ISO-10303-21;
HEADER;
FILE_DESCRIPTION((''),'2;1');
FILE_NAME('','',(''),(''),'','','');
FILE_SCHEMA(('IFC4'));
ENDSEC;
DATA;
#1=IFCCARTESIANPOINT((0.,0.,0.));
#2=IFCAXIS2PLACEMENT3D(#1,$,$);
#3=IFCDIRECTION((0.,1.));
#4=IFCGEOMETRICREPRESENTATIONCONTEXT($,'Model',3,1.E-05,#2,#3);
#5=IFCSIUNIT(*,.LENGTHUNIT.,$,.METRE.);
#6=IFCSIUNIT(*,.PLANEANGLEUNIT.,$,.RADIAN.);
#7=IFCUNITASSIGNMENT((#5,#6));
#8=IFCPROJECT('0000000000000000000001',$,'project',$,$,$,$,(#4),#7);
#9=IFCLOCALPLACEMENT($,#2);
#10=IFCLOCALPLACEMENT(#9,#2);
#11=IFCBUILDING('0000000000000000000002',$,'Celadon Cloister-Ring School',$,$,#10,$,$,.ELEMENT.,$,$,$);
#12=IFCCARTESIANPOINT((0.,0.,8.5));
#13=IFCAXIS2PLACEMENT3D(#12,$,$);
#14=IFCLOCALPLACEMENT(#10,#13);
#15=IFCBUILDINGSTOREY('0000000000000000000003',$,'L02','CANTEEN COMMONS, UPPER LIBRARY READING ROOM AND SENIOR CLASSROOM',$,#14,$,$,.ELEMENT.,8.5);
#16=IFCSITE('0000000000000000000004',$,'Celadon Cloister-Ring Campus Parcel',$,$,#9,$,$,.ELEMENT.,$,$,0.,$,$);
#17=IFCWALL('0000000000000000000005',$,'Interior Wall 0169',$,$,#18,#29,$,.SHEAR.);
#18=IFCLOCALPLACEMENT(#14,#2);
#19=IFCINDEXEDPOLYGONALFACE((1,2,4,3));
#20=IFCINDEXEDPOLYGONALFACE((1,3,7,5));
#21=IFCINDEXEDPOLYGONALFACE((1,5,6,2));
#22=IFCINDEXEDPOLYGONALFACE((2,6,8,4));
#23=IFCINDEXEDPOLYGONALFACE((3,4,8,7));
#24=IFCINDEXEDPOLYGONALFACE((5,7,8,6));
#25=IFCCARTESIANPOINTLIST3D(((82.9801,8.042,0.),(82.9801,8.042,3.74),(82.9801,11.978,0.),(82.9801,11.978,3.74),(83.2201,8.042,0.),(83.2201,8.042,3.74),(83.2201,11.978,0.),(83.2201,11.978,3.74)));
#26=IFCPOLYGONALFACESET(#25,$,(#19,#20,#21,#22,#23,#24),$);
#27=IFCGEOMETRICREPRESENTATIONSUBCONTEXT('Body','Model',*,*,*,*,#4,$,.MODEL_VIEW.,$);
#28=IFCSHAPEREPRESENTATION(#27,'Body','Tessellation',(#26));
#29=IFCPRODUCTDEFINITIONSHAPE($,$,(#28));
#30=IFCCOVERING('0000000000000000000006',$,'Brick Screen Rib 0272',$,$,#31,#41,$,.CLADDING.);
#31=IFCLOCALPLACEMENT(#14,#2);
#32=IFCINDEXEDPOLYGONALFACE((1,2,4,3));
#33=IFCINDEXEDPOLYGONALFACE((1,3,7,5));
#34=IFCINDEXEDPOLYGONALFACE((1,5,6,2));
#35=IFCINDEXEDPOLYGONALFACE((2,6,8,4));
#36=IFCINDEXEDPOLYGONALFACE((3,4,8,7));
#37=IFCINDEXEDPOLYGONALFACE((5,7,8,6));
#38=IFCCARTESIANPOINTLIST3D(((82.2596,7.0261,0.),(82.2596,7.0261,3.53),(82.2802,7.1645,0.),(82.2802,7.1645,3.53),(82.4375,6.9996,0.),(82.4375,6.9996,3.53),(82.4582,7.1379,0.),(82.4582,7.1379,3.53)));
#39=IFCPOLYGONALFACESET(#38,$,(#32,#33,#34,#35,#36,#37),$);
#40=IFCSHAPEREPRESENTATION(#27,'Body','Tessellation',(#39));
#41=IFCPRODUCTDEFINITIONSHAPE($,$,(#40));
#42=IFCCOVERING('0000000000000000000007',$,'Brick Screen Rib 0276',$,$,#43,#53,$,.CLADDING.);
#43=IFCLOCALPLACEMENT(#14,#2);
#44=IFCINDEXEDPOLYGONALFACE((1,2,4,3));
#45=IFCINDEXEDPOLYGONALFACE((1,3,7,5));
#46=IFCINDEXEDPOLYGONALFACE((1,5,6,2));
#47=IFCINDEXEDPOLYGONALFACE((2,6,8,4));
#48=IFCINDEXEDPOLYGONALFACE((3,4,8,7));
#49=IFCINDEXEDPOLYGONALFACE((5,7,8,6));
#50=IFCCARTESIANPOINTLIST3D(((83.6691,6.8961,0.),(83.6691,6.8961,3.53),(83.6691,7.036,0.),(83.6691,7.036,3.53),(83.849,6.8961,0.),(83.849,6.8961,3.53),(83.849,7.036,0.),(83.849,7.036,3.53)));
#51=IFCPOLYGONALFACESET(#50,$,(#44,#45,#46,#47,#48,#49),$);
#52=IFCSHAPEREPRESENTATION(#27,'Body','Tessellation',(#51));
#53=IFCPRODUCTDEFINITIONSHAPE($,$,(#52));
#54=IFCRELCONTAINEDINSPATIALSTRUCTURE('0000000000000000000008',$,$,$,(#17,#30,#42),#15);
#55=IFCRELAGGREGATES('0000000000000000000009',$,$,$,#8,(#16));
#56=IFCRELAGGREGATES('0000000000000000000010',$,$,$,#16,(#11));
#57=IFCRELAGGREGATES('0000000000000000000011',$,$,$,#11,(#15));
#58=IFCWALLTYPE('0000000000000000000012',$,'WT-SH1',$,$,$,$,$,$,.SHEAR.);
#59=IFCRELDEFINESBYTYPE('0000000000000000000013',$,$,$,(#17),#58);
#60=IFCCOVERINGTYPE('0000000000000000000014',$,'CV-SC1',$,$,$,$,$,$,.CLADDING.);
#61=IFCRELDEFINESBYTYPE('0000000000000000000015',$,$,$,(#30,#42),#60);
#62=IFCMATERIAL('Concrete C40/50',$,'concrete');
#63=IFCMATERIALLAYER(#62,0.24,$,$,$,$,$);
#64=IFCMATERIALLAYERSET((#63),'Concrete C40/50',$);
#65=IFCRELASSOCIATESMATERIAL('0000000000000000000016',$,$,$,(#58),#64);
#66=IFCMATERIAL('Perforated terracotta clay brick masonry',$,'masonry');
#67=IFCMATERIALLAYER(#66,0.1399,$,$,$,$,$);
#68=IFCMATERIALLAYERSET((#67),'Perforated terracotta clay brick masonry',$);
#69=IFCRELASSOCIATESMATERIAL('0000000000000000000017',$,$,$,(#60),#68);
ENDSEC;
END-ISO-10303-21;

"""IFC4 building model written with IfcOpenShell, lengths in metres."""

from ifc_helpers import new_model, si_unit, direction, frame, frame_2d, origin, origin_2d, place, context, subcontext, project, spatial, rectangle, extrude, material, layer, layer_set, type_object, element, save


model = new_model("IFC4")

# Units and contexts
model_context = context("Model", 3, precision=1e-05, world=origin(), true_north=direction((0.0, 1.0)))
body_context = subcontext(model_context, "Body", "Model", "MODEL_VIEW")
ifc_project = project(units=[si_unit("LENGTHUNIT", "METRE"), si_unit("PLANEANGLEUNIT", "RADIAN")], contexts=[model_context])

# Site, building, storey
site_placement = place(None, origin())
site = spatial("IfcSite", under=ifc_project, at=site_placement, Name="Celadon Cloister-Ring Campus Parcel", CompositionType="ELEMENT", RefElevation=0.0)
building_placement = place(site_placement, origin())
building = spatial("IfcBuilding", under=site, at=building_placement, Name="Celadon Cloister-Ring School", CompositionType="ELEMENT")
storey_placement = place(building_placement, frame((0.0, 0.0, 8.5)))
storey = spatial("IfcBuildingStorey", under=building, at=storey_placement, Name="L02", Description="CANTEEN COMMONS, UPPER LIBRARY READING ROOM AND SENIOR CLASSROOM", CompositionType="ELEMENT", Elevation=8.5)

# Wall
ifc_material_1 = material(Name="Concrete C40/50", Category="concrete")
ifc_layer_1 = layer(ifc_material_1, 0.24)
ifc_layer_set_1 = layer_set([ifc_layer_1], Name="Concrete C40/50")
wall_type_1 = type_object("IfcWallType", Name="WT-SH1", PredefinedType="SHEAR", material=ifc_layer_set_1)
wall_1_placement = place(storey_placement, frame((83.1001, 8.042, 0.0), z_axis=(0.0, 0.0, 1.0), x_axis=(0.0, 1.0, 0.0)))
element("IfcWall", 1, at=wall_1_placement, inside=storey, type_object=wall_type_1, Name="Interior Wall 0169", PredefinedType="SHEAR", context=body_context, shape_type="SweptSolid", body=[
    extrude(rectangle(XDim=3.936, YDim=0.24, at=frame_2d((1.968, 0.0))), origin(), (0.0, 0.0, 1.0), 3.74),
])

# Coverings
ifc_material_2 = material(Name="Perforated terracotta clay brick masonry", Category="masonry")
ifc_layer_2 = layer(ifc_material_2, 0.1399)
ifc_layer_set_2 = layer_set([ifc_layer_2], Name="Perforated terracotta clay brick masonry")
covering_type = type_object("IfcCoveringType", Name="CV-SC1", PredefinedType="CLADDING", material=ifc_layer_set_2)
for number, where, z_axis, x_axis, name in (
    (2, (82.3589, 7.082, 0.0), (0.0, 0.0, 1.0), (-0.989029, 0.147723, 0.0), "Brick Screen Rib 0272"),
    (3, (83.759, 6.9661, 0.0), (0.0, 0.0, 1.0), (-1.0, 0.0, 0.0), "Brick Screen Rib 0276"),
):
    element("IfcCovering", number, at=place(storey_placement, frame(where, z_axis=z_axis, x_axis=x_axis)), inside=storey, type_object=covering_type, Name=name, PredefinedType="CLADDING", context=body_context, shape_type="SweptSolid", body=[
        extrude(rectangle(XDim=0.1799, YDim=0.1399, at=origin_2d()), origin(), (0.0, 0.0, 1.0), 3.53),
    ])

save(model, "model.ifc")
